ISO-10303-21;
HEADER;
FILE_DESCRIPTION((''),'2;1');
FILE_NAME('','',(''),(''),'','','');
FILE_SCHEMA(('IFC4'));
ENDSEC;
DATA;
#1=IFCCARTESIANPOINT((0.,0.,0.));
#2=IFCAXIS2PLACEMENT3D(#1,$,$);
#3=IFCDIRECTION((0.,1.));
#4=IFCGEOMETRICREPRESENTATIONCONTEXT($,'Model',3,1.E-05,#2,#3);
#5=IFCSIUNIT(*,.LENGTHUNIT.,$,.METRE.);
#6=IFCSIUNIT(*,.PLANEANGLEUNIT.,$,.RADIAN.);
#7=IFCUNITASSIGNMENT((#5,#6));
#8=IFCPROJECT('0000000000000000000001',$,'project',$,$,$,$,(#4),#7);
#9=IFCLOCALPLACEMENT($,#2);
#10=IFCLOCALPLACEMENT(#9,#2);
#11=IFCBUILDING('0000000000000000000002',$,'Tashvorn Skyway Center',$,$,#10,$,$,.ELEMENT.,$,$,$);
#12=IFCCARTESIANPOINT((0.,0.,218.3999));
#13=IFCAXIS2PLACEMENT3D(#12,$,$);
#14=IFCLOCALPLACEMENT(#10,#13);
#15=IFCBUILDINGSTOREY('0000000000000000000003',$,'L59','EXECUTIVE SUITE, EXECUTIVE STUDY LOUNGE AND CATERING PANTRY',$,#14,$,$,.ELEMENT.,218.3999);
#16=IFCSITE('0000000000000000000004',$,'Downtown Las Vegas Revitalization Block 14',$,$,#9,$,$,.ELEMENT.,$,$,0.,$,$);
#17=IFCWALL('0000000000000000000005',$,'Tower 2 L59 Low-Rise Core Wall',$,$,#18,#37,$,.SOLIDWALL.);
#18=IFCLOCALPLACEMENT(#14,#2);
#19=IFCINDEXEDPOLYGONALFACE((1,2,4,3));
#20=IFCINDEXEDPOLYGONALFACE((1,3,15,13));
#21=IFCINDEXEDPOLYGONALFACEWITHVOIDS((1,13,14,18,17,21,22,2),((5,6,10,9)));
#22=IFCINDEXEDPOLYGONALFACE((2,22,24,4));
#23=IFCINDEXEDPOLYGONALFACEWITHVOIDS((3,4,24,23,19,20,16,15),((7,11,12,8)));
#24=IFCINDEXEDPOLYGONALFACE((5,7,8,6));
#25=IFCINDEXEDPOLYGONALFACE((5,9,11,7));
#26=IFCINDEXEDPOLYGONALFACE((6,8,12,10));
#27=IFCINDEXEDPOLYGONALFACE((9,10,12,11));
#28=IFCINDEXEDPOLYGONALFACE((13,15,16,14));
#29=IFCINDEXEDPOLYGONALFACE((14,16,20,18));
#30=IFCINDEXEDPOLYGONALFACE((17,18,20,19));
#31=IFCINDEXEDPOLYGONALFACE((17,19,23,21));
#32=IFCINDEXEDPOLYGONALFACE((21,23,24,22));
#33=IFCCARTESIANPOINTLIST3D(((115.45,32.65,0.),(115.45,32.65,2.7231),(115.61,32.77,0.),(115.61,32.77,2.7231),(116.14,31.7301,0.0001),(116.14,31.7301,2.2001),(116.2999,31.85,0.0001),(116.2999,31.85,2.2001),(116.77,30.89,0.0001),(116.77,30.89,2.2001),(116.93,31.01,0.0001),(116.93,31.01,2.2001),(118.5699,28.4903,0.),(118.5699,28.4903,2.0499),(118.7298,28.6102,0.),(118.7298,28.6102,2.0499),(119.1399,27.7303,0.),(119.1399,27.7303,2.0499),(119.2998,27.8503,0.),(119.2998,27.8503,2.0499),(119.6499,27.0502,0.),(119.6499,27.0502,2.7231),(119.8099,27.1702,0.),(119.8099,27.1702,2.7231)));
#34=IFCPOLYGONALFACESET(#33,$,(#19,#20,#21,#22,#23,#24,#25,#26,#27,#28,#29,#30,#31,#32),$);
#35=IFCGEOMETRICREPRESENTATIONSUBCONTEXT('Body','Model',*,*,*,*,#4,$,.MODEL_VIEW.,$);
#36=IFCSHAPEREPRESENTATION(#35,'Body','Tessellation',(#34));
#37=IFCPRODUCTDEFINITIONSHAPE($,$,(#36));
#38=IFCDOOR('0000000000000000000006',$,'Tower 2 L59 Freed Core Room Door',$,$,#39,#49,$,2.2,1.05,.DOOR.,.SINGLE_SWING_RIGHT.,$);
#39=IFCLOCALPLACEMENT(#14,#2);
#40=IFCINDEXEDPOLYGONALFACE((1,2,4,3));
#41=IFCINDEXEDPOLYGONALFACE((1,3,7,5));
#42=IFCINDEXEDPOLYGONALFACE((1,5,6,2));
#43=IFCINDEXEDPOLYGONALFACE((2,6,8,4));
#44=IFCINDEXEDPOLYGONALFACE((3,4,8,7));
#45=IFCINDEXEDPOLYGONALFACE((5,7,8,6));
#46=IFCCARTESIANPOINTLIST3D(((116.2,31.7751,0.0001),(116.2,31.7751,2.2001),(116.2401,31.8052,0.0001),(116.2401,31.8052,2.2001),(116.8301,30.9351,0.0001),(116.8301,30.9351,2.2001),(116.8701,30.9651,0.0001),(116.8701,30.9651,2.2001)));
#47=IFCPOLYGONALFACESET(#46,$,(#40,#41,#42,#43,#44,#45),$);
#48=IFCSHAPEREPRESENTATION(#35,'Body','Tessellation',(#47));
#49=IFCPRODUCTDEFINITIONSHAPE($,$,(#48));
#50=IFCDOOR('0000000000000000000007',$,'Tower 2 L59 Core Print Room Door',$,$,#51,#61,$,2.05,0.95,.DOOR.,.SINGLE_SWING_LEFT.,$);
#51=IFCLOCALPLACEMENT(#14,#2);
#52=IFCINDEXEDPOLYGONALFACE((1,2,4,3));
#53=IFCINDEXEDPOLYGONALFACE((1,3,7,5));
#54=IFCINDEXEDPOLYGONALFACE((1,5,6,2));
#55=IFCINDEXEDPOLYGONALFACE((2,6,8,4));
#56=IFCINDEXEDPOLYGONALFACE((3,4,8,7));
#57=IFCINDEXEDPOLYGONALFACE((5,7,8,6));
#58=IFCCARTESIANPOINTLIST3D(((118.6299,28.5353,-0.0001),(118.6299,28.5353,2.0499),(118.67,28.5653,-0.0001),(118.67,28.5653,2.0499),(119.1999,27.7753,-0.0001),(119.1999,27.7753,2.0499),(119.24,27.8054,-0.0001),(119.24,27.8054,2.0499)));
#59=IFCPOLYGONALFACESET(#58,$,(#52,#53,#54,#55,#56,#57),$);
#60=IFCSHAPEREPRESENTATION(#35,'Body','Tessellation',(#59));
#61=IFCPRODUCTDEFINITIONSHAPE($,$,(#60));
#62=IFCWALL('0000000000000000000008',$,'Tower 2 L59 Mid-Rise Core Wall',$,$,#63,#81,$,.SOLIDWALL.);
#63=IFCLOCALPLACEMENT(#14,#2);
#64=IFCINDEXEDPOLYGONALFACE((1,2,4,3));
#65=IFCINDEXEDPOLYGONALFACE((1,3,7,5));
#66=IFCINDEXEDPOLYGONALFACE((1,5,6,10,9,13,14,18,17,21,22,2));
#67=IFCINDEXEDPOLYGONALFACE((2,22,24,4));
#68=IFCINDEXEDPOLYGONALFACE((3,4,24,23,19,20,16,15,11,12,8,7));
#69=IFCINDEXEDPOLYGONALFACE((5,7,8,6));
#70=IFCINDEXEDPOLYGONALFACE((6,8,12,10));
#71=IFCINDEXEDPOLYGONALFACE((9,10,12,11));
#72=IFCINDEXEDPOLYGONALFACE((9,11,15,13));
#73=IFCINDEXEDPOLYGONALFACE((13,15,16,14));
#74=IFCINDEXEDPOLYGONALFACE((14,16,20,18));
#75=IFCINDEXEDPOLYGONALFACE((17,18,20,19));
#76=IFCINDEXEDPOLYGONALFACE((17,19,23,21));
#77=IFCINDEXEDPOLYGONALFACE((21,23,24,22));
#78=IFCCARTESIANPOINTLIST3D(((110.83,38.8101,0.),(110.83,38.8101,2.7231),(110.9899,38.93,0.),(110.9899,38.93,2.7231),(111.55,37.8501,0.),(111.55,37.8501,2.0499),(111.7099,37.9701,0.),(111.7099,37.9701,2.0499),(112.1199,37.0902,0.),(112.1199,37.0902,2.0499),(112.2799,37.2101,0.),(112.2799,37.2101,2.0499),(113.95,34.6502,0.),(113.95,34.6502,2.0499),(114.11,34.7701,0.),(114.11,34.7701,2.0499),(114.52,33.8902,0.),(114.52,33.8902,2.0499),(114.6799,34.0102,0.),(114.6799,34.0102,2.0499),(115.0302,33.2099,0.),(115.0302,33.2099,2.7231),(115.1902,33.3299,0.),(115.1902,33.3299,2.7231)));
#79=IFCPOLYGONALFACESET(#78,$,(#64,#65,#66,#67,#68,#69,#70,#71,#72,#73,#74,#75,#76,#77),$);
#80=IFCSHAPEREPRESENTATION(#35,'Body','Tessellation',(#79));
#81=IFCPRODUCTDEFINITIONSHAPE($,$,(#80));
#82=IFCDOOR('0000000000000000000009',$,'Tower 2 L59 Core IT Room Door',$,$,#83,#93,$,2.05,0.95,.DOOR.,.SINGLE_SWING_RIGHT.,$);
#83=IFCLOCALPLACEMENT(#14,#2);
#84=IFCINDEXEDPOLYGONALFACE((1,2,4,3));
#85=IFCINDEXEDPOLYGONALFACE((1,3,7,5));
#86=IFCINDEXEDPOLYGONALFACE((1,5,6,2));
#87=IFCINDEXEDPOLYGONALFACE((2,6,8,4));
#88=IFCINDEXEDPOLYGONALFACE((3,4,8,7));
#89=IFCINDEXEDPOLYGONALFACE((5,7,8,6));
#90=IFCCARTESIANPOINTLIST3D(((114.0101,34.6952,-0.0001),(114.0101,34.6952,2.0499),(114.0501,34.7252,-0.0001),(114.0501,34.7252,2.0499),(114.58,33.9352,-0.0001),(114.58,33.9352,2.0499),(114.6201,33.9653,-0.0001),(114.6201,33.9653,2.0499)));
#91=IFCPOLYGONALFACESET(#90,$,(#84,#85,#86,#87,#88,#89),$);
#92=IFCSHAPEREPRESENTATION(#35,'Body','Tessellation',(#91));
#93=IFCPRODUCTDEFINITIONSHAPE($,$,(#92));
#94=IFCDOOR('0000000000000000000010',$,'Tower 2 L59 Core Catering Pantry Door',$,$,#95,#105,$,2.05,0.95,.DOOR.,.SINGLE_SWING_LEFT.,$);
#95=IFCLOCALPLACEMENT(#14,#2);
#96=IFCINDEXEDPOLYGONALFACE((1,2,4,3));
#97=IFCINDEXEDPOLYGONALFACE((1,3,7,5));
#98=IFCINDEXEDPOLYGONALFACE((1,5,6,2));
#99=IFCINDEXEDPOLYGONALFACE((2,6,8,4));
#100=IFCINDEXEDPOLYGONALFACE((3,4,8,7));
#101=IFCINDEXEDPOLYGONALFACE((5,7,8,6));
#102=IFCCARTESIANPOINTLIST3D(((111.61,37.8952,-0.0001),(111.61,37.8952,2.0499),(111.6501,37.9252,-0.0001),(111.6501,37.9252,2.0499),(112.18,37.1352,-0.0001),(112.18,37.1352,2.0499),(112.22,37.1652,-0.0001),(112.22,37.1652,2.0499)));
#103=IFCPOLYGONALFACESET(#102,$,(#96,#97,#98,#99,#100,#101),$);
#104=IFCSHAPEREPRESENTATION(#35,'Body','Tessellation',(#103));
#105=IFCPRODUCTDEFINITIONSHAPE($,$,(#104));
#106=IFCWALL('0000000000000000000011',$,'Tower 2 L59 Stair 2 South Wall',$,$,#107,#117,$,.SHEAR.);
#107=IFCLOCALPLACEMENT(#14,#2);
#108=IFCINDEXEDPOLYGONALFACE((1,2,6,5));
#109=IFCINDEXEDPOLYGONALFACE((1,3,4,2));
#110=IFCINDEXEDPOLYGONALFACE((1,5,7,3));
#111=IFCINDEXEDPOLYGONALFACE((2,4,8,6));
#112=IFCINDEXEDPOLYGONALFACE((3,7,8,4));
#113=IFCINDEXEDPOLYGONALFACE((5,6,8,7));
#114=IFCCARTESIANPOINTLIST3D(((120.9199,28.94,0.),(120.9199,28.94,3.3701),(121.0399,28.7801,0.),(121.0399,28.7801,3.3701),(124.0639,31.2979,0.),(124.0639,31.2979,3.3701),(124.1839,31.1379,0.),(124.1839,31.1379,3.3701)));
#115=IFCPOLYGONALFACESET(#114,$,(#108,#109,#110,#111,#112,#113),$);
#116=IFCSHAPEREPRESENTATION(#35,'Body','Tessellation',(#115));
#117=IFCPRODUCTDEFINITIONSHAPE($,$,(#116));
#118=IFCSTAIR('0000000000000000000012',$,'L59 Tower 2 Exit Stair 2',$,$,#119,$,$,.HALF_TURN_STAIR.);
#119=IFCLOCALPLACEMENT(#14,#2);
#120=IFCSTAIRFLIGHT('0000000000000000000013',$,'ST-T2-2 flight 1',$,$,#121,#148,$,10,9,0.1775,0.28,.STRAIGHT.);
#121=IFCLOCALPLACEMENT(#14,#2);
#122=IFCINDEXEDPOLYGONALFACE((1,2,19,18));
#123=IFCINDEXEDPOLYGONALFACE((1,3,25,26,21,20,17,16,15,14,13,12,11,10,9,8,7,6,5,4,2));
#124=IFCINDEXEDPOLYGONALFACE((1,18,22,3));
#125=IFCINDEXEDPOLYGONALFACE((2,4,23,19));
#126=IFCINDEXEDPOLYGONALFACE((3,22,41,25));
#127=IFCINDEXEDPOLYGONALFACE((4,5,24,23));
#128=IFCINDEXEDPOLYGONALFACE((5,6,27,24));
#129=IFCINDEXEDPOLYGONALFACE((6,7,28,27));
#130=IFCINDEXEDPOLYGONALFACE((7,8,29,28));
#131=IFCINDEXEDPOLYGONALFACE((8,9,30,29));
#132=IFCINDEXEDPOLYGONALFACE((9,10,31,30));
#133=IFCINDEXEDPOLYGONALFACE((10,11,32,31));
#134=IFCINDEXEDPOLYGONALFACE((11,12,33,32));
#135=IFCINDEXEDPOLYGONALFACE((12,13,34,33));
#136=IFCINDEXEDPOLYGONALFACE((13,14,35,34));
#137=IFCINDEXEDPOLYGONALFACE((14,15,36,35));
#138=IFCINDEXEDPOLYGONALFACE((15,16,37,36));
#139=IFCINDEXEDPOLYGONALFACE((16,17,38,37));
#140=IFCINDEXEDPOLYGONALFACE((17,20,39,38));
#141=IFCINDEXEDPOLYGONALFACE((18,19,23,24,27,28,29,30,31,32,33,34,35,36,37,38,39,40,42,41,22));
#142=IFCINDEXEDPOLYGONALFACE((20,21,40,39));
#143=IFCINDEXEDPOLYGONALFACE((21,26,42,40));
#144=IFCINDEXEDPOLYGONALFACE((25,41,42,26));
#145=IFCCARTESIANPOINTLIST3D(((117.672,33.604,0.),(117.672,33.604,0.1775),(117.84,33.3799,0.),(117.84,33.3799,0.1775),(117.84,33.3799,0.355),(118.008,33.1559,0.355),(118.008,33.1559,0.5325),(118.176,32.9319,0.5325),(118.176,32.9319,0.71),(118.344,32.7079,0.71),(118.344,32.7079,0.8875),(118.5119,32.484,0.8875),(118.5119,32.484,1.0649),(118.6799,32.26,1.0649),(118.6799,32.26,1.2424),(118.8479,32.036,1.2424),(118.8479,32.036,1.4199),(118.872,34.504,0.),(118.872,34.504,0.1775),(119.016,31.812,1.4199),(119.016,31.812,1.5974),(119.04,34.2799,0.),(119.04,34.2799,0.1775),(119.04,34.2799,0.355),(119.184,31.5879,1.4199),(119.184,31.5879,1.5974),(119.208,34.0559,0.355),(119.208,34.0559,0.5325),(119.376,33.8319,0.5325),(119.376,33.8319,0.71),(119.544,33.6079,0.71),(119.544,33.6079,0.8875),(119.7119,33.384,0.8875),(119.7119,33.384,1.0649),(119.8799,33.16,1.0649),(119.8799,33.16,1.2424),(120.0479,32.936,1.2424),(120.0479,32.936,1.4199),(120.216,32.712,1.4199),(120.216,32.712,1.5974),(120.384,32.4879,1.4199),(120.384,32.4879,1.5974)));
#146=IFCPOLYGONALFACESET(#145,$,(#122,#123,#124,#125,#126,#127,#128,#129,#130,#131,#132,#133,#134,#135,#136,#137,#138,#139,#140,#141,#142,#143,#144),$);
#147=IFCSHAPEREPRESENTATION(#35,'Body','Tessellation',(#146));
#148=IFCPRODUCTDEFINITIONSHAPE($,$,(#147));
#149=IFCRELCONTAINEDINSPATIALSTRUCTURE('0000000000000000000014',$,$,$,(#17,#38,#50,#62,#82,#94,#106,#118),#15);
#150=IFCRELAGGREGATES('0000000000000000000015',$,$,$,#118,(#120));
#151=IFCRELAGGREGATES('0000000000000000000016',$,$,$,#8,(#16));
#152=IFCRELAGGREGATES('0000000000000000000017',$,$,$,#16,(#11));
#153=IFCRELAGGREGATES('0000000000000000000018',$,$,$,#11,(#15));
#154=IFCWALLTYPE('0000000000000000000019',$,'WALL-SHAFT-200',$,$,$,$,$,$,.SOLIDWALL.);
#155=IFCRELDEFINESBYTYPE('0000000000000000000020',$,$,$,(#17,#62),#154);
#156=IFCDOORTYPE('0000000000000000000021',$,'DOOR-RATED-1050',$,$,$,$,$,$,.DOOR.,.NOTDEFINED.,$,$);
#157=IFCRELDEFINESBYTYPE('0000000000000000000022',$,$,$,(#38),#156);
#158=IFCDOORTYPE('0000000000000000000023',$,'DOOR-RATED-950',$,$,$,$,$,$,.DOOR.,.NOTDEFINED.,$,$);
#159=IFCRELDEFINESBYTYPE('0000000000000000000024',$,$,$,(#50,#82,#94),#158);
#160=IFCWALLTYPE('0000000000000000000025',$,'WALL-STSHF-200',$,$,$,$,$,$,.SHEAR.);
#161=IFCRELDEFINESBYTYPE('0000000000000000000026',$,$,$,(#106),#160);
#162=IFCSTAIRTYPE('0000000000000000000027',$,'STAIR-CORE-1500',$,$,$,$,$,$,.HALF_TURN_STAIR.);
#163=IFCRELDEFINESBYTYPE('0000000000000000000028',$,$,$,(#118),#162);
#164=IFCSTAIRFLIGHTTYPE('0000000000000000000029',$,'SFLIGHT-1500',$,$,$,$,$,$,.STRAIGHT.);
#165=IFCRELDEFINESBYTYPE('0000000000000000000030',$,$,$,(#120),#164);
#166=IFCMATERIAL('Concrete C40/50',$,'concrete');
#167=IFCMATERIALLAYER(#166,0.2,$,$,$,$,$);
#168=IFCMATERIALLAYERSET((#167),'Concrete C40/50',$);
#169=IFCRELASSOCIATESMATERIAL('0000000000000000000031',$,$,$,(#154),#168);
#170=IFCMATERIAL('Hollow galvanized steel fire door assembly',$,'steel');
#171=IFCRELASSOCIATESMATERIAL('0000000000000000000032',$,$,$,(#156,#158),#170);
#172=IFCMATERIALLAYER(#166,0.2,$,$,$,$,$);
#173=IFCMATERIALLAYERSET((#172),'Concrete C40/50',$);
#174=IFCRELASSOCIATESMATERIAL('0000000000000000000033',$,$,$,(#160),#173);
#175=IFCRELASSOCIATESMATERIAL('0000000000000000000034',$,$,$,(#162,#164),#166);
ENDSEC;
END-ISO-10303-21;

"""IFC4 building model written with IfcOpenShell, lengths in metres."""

from ifc_helpers import new_model, si_unit, direction, frame, frame_2d, origin, place, context, subcontext, project, spatial, polyline, rectangle, outline, extrude, material, layer, layer_set, type_object, element, fill, aggregate, save


model = new_model("IFC4")

# Units and contexts
model_context = context("Model", 3, precision=1e-05, world=origin(), true_north=direction((0.0, 1.0)))
body_context = subcontext(model_context, "Body", "Model", "MODEL_VIEW")
ifc_project = project(units=[si_unit("LENGTHUNIT", "METRE"), si_unit("PLANEANGLEUNIT", "RADIAN")], contexts=[model_context])

# Site, building, storey
site_placement = place(None, origin())
site = spatial("IfcSite", under=ifc_project, at=site_placement, Name="Downtown Las Vegas Revitalization Block 14", CompositionType="ELEMENT", RefElevation=0.0)
building_placement = place(site_placement, origin())
building = spatial("IfcBuilding", under=site, at=building_placement, Name="Tashvorn Skyway Center", CompositionType="ELEMENT")
storey_placement = place(building_placement, frame((0.0, 0.0, 218.3999)))
storey = spatial("IfcBuildingStorey", under=building, at=storey_placement, Name="L59", Description="EXECUTIVE SUITE, EXECUTIVE STUDY LOUNGE AND CATERING PANTRY", CompositionType="ELEMENT", Elevation=218.3999)

# Shared definitions
ifc_material_1 = material(Name="Hollow galvanized steel fire door assembly", Category="steel")

# Walls, openings, doors
ifc_material_2 = material(Name="Concrete C40/50", Category="concrete")
ifc_layer_1 = layer(ifc_material_2, 0.2)
ifc_layer_set_1 = layer_set([ifc_layer_1], Name="Concrete C40/50")
wall_type_1 = type_object("IfcWallType", Name="WALL-SHAFT-200", PredefinedType="SOLIDWALL", material=ifc_layer_set_1)
wall_1_placement = place(storey_placement, frame((119.73, 27.1101, 0.0), z_axis=(0.0, 0.0, 1.0), x_axis=(-0.600006, 0.799996, 0.0)))
wall_1 = element("IfcWall", 1, at=wall_1_placement, inside=storey, type_object=wall_type_1, Name="Tower 2 L59 Low-Rise Core Wall", PredefinedType="SOLIDWALL", context=body_context, shape_type="SweptSolid", body=[
    extrude(rectangle(XDim=6.9998, YDim=0.2, at=frame_2d((3.5, 0.0))), origin(), (0.0, 0.0, 1.0), 2.7231),
])
opening_1_placement = place(wall_1_placement, frame((0.8501, 0.0, 0.0)))
opening_1 = element("IfcOpeningElement", 2, at=opening_1_placement, cuts=wall_1, PredefinedType="OPENING", context=body_context, shape_type="SweptSolid", body=[
    extrude(rectangle(XDim=0.95, YDim=2.05, at=frame_2d((0.4751, 1.0249))), frame((0.0, 0.1099, 0.0), z_axis=(0.0, -1.0, 0.0), x_axis=(1.0, 0.0, 0.0)), (0.0, 0.0, 1.0), 0.22),
])
opening_2_placement = place(wall_1_placement, frame((4.8, 0.0, 0.0)))
opening_2 = element("IfcOpeningElement", 3, at=opening_2_placement, cuts=wall_1, PredefinedType="OPENING", context=body_context, shape_type="SweptSolid", body=[
    extrude(rectangle(XDim=1.05, YDim=2.2, at=frame_2d((0.5249, 1.1001))), frame((0.0, 0.1099, 0.0), z_axis=(0.0, -1.0, 0.0), x_axis=(1.0, 0.0, 0.0)), (0.0, 0.0, 1.0), 0.22),
])
door_type_1 = type_object("IfcDoorType", Name="DOOR-RATED-1050", OperationType="NOTDEFINED", PredefinedType="DOOR", material=ifc_material_1)
door_1_placement = place(opening_2_placement, origin())
door_1 = element("IfcDoor", 4, at=door_1_placement, inside=storey, type_object=door_type_1, Name="Tower 2 L59 Freed Core Room Door", OperationType="SINGLE_SWING_RIGHT", OverallHeight=2.2, OverallWidth=1.05, PredefinedType="DOOR", context=body_context, shape_type="SweptSolid", body=[
    extrude(rectangle(XDim=1.05, YDim=2.2, at=frame_2d((0.5249, 1.1001))), frame((0.0, 0.0249, 0.0), z_axis=(0.0, -1.0, 0.0), x_axis=(1.0, 0.0, 0.0)), (0.0, 0.0, 1.0), 0.05),
])
fill(opening_2, door_1)
door_type_2 = type_object("IfcDoorType", Name="DOOR-RATED-950", OperationType="NOTDEFINED", PredefinedType="DOOR", material=ifc_material_1)
door_2_placement = place(opening_1_placement, origin())
door_2 = element("IfcDoor", 5, at=door_2_placement, inside=storey, type_object=door_type_2, Name="Tower 2 L59 Core Print Room Door", OperationType="SINGLE_SWING_LEFT", OverallHeight=2.05, OverallWidth=0.95, PredefinedType="DOOR", context=body_context, shape_type="SweptSolid", body=[
    extrude(rectangle(XDim=0.95, YDim=2.05, at=frame_2d((0.4751, 1.0249))), frame((0.0, 0.0249, 0.0), z_axis=(0.0, -1.0, 0.0), x_axis=(1.0, 0.0, 0.0)), (0.0, 0.0, 1.0), 0.05),
])
fill(opening_1, door_2)
wall_2_placement = place(storey_placement, frame((115.1101, 33.27, 0.0), z_axis=(0.0, 0.0, 1.0), x_axis=(-0.600011, 0.799992, 0.0)))
wall_2 = element("IfcWall", 6, at=wall_2_placement, inside=storey, type_object=wall_type_1, Name="Tower 2 L59 Mid-Rise Core Wall", PredefinedType="SOLIDWALL", context=body_context, shape_type="SweptSolid", body=[
    extrude(rectangle(XDim=7.0002, YDim=0.2, at=frame_2d((3.5, 0.0))), origin(), (0.0, 0.0, 1.0), 2.7231),
])
opening_3_placement = place(wall_2_placement, frame((0.8501, 0.0, 0.0)))
opening_3 = element("IfcOpeningElement", 7, at=opening_3_placement, cuts=wall_2, PredefinedType="OPENING", context=body_context, shape_type="SweptSolid", body=[
    extrude(rectangle(XDim=0.95, YDim=2.05, at=frame_2d((0.4751, 1.0249))), frame((0.0, 0.1099, 0.0), z_axis=(0.0, -1.0, 0.0), x_axis=(1.0, 0.0, 0.0)), (0.0, 0.0, 1.0), 0.22),
])
opening_4_placement = place(wall_2_placement, frame((4.8501, 0.0, 0.0)))
opening_4 = element("IfcOpeningElement", 8, at=opening_4_placement, cuts=wall_2, PredefinedType="OPENING", context=body_context, shape_type="SweptSolid", body=[
    extrude(rectangle(XDim=0.95, YDim=2.05, at=frame_2d((0.4751, 1.0249))), frame((0.0, 0.1099, 0.0), z_axis=(0.0, -1.0, 0.0), x_axis=(1.0, 0.0, 0.0)), (0.0, 0.0, 1.0), 0.22),
])
door_3_placement = place(opening_3_placement, origin())
door_3 = element("IfcDoor", 9, at=door_3_placement, inside=storey, type_object=door_type_2, Name="Tower 2 L59 Core IT Room Door", OperationType="SINGLE_SWING_RIGHT", OverallHeight=2.05, OverallWidth=0.95, PredefinedType="DOOR", context=body_context, shape_type="SweptSolid", body=[
    extrude(rectangle(XDim=0.95, YDim=2.05, at=frame_2d((0.4751, 1.0249))), frame((0.0, 0.0249, 0.0), z_axis=(0.0, -1.0, 0.0), x_axis=(1.0, 0.0, 0.0)), (0.0, 0.0, 1.0), 0.05),
])
fill(opening_3, door_3)
door_4_placement = place(opening_4_placement, origin())
door_4 = element("IfcDoor", 10, at=door_4_placement, inside=storey, type_object=door_type_2, Name="Tower 2 L59 Core Catering Pantry Door", OperationType="SINGLE_SWING_LEFT", OverallHeight=2.05, OverallWidth=0.95, PredefinedType="DOOR", context=body_context, shape_type="SweptSolid", body=[
    extrude(rectangle(XDim=0.95, YDim=2.05, at=frame_2d((0.4751, 1.0249))), frame((0.0, 0.0249, 0.0), z_axis=(0.0, -1.0, 0.0), x_axis=(1.0, 0.0, 0.0)), (0.0, 0.0, 1.0), 0.05),
])
fill(opening_4, door_4)

# Wall
ifc_layer_2 = layer(ifc_material_2, 0.2)
ifc_layer_set_2 = layer_set([ifc_layer_2], Name="Concrete C40/50")
wall_type_2 = type_object("IfcWallType", Name="WALL-STSHF-200", PredefinedType="SHEAR", material=ifc_layer_set_2)
wall_3_placement = place(storey_placement, frame((120.98, 28.8601, 0.0), z_axis=(0.0, 0.0, 1.0), x_axis=(0.800015, 0.59998, 0.0)))
element("IfcWall", 11, at=wall_3_placement, inside=storey, type_object=wall_type_2, Name="Tower 2 L59 Stair 2 South Wall", PredefinedType="SHEAR", context=body_context, shape_type="SweptSolid", body=[
    extrude(rectangle(XDim=3.9299, YDim=0.2, at=frame_2d((1.9648, 0.0))), origin(), (0.0, 0.0, 1.0), 3.3701),
])

# Stair, stair flight
stair_type = type_object("IfcStairType", Name="STAIR-CORE-1500", PredefinedType="HALF_TURN_STAIR", material=ifc_material_2)
stair_placement = place(storey_placement, origin())
stair = element("IfcStair", 12, at=stair_placement, inside=storey, type_object=stair_type, Name="L59 Tower 2 Exit Stair 2", PredefinedType="HALF_TURN_STAIR")
stair_flight_type = type_object("IfcStairFlightType", Name="SFLIGHT-1500", PredefinedType="STRAIGHT", material=ifc_material_2)
stair_flight_1_placement = place(storey_placement, frame((118.272, 34.054, 0.0), z_axis=(0.0, 0.0, 1.0), x_axis=(0.6, -0.8, 0.0)))
stair_flight_1 = element("IfcStairFlight", 13, at=stair_flight_1_placement, type_object=stair_flight_type, Name="ST-T2-2 flight 1", NumberOfRisers=10, NumberOfTreads=9, PredefinedType="STRAIGHT", RiserHeight=0.1775, TreadLength=0.28, context=body_context, shape_type="SweptSolid", body=[
    extrude(outline(polyline([(0.0, 0.0), (0.0, 0.1775), (0.28, 0.1775), (0.28, 0.355), (0.5601, 0.355), (0.5601, 0.5325), (0.8401, 0.5325), (0.8401, 0.71), (1.1201, 0.71), (1.1201, 0.8875), (1.3999, 0.8875), (1.3999, 1.0649), (1.6799, 1.0649), (1.6799, 1.2424), (1.96, 1.2424), (1.96, 1.4199), (2.24, 1.4199), (2.24, 1.5974), (2.52, 1.5974), (2.52, 1.7749), (2.52, 1.4199), (0.28, 0.0), (0.0, 0.0)])), frame((0.0, 0.75, 0.0), z_axis=(0.0, -1.0, 0.0), x_axis=(1.0, 0.0, 0.0)), (0.0, 0.0, 1.0), 1.5),
])
aggregate(stair, [stair_flight_1])

save(model, "model.ifc")
